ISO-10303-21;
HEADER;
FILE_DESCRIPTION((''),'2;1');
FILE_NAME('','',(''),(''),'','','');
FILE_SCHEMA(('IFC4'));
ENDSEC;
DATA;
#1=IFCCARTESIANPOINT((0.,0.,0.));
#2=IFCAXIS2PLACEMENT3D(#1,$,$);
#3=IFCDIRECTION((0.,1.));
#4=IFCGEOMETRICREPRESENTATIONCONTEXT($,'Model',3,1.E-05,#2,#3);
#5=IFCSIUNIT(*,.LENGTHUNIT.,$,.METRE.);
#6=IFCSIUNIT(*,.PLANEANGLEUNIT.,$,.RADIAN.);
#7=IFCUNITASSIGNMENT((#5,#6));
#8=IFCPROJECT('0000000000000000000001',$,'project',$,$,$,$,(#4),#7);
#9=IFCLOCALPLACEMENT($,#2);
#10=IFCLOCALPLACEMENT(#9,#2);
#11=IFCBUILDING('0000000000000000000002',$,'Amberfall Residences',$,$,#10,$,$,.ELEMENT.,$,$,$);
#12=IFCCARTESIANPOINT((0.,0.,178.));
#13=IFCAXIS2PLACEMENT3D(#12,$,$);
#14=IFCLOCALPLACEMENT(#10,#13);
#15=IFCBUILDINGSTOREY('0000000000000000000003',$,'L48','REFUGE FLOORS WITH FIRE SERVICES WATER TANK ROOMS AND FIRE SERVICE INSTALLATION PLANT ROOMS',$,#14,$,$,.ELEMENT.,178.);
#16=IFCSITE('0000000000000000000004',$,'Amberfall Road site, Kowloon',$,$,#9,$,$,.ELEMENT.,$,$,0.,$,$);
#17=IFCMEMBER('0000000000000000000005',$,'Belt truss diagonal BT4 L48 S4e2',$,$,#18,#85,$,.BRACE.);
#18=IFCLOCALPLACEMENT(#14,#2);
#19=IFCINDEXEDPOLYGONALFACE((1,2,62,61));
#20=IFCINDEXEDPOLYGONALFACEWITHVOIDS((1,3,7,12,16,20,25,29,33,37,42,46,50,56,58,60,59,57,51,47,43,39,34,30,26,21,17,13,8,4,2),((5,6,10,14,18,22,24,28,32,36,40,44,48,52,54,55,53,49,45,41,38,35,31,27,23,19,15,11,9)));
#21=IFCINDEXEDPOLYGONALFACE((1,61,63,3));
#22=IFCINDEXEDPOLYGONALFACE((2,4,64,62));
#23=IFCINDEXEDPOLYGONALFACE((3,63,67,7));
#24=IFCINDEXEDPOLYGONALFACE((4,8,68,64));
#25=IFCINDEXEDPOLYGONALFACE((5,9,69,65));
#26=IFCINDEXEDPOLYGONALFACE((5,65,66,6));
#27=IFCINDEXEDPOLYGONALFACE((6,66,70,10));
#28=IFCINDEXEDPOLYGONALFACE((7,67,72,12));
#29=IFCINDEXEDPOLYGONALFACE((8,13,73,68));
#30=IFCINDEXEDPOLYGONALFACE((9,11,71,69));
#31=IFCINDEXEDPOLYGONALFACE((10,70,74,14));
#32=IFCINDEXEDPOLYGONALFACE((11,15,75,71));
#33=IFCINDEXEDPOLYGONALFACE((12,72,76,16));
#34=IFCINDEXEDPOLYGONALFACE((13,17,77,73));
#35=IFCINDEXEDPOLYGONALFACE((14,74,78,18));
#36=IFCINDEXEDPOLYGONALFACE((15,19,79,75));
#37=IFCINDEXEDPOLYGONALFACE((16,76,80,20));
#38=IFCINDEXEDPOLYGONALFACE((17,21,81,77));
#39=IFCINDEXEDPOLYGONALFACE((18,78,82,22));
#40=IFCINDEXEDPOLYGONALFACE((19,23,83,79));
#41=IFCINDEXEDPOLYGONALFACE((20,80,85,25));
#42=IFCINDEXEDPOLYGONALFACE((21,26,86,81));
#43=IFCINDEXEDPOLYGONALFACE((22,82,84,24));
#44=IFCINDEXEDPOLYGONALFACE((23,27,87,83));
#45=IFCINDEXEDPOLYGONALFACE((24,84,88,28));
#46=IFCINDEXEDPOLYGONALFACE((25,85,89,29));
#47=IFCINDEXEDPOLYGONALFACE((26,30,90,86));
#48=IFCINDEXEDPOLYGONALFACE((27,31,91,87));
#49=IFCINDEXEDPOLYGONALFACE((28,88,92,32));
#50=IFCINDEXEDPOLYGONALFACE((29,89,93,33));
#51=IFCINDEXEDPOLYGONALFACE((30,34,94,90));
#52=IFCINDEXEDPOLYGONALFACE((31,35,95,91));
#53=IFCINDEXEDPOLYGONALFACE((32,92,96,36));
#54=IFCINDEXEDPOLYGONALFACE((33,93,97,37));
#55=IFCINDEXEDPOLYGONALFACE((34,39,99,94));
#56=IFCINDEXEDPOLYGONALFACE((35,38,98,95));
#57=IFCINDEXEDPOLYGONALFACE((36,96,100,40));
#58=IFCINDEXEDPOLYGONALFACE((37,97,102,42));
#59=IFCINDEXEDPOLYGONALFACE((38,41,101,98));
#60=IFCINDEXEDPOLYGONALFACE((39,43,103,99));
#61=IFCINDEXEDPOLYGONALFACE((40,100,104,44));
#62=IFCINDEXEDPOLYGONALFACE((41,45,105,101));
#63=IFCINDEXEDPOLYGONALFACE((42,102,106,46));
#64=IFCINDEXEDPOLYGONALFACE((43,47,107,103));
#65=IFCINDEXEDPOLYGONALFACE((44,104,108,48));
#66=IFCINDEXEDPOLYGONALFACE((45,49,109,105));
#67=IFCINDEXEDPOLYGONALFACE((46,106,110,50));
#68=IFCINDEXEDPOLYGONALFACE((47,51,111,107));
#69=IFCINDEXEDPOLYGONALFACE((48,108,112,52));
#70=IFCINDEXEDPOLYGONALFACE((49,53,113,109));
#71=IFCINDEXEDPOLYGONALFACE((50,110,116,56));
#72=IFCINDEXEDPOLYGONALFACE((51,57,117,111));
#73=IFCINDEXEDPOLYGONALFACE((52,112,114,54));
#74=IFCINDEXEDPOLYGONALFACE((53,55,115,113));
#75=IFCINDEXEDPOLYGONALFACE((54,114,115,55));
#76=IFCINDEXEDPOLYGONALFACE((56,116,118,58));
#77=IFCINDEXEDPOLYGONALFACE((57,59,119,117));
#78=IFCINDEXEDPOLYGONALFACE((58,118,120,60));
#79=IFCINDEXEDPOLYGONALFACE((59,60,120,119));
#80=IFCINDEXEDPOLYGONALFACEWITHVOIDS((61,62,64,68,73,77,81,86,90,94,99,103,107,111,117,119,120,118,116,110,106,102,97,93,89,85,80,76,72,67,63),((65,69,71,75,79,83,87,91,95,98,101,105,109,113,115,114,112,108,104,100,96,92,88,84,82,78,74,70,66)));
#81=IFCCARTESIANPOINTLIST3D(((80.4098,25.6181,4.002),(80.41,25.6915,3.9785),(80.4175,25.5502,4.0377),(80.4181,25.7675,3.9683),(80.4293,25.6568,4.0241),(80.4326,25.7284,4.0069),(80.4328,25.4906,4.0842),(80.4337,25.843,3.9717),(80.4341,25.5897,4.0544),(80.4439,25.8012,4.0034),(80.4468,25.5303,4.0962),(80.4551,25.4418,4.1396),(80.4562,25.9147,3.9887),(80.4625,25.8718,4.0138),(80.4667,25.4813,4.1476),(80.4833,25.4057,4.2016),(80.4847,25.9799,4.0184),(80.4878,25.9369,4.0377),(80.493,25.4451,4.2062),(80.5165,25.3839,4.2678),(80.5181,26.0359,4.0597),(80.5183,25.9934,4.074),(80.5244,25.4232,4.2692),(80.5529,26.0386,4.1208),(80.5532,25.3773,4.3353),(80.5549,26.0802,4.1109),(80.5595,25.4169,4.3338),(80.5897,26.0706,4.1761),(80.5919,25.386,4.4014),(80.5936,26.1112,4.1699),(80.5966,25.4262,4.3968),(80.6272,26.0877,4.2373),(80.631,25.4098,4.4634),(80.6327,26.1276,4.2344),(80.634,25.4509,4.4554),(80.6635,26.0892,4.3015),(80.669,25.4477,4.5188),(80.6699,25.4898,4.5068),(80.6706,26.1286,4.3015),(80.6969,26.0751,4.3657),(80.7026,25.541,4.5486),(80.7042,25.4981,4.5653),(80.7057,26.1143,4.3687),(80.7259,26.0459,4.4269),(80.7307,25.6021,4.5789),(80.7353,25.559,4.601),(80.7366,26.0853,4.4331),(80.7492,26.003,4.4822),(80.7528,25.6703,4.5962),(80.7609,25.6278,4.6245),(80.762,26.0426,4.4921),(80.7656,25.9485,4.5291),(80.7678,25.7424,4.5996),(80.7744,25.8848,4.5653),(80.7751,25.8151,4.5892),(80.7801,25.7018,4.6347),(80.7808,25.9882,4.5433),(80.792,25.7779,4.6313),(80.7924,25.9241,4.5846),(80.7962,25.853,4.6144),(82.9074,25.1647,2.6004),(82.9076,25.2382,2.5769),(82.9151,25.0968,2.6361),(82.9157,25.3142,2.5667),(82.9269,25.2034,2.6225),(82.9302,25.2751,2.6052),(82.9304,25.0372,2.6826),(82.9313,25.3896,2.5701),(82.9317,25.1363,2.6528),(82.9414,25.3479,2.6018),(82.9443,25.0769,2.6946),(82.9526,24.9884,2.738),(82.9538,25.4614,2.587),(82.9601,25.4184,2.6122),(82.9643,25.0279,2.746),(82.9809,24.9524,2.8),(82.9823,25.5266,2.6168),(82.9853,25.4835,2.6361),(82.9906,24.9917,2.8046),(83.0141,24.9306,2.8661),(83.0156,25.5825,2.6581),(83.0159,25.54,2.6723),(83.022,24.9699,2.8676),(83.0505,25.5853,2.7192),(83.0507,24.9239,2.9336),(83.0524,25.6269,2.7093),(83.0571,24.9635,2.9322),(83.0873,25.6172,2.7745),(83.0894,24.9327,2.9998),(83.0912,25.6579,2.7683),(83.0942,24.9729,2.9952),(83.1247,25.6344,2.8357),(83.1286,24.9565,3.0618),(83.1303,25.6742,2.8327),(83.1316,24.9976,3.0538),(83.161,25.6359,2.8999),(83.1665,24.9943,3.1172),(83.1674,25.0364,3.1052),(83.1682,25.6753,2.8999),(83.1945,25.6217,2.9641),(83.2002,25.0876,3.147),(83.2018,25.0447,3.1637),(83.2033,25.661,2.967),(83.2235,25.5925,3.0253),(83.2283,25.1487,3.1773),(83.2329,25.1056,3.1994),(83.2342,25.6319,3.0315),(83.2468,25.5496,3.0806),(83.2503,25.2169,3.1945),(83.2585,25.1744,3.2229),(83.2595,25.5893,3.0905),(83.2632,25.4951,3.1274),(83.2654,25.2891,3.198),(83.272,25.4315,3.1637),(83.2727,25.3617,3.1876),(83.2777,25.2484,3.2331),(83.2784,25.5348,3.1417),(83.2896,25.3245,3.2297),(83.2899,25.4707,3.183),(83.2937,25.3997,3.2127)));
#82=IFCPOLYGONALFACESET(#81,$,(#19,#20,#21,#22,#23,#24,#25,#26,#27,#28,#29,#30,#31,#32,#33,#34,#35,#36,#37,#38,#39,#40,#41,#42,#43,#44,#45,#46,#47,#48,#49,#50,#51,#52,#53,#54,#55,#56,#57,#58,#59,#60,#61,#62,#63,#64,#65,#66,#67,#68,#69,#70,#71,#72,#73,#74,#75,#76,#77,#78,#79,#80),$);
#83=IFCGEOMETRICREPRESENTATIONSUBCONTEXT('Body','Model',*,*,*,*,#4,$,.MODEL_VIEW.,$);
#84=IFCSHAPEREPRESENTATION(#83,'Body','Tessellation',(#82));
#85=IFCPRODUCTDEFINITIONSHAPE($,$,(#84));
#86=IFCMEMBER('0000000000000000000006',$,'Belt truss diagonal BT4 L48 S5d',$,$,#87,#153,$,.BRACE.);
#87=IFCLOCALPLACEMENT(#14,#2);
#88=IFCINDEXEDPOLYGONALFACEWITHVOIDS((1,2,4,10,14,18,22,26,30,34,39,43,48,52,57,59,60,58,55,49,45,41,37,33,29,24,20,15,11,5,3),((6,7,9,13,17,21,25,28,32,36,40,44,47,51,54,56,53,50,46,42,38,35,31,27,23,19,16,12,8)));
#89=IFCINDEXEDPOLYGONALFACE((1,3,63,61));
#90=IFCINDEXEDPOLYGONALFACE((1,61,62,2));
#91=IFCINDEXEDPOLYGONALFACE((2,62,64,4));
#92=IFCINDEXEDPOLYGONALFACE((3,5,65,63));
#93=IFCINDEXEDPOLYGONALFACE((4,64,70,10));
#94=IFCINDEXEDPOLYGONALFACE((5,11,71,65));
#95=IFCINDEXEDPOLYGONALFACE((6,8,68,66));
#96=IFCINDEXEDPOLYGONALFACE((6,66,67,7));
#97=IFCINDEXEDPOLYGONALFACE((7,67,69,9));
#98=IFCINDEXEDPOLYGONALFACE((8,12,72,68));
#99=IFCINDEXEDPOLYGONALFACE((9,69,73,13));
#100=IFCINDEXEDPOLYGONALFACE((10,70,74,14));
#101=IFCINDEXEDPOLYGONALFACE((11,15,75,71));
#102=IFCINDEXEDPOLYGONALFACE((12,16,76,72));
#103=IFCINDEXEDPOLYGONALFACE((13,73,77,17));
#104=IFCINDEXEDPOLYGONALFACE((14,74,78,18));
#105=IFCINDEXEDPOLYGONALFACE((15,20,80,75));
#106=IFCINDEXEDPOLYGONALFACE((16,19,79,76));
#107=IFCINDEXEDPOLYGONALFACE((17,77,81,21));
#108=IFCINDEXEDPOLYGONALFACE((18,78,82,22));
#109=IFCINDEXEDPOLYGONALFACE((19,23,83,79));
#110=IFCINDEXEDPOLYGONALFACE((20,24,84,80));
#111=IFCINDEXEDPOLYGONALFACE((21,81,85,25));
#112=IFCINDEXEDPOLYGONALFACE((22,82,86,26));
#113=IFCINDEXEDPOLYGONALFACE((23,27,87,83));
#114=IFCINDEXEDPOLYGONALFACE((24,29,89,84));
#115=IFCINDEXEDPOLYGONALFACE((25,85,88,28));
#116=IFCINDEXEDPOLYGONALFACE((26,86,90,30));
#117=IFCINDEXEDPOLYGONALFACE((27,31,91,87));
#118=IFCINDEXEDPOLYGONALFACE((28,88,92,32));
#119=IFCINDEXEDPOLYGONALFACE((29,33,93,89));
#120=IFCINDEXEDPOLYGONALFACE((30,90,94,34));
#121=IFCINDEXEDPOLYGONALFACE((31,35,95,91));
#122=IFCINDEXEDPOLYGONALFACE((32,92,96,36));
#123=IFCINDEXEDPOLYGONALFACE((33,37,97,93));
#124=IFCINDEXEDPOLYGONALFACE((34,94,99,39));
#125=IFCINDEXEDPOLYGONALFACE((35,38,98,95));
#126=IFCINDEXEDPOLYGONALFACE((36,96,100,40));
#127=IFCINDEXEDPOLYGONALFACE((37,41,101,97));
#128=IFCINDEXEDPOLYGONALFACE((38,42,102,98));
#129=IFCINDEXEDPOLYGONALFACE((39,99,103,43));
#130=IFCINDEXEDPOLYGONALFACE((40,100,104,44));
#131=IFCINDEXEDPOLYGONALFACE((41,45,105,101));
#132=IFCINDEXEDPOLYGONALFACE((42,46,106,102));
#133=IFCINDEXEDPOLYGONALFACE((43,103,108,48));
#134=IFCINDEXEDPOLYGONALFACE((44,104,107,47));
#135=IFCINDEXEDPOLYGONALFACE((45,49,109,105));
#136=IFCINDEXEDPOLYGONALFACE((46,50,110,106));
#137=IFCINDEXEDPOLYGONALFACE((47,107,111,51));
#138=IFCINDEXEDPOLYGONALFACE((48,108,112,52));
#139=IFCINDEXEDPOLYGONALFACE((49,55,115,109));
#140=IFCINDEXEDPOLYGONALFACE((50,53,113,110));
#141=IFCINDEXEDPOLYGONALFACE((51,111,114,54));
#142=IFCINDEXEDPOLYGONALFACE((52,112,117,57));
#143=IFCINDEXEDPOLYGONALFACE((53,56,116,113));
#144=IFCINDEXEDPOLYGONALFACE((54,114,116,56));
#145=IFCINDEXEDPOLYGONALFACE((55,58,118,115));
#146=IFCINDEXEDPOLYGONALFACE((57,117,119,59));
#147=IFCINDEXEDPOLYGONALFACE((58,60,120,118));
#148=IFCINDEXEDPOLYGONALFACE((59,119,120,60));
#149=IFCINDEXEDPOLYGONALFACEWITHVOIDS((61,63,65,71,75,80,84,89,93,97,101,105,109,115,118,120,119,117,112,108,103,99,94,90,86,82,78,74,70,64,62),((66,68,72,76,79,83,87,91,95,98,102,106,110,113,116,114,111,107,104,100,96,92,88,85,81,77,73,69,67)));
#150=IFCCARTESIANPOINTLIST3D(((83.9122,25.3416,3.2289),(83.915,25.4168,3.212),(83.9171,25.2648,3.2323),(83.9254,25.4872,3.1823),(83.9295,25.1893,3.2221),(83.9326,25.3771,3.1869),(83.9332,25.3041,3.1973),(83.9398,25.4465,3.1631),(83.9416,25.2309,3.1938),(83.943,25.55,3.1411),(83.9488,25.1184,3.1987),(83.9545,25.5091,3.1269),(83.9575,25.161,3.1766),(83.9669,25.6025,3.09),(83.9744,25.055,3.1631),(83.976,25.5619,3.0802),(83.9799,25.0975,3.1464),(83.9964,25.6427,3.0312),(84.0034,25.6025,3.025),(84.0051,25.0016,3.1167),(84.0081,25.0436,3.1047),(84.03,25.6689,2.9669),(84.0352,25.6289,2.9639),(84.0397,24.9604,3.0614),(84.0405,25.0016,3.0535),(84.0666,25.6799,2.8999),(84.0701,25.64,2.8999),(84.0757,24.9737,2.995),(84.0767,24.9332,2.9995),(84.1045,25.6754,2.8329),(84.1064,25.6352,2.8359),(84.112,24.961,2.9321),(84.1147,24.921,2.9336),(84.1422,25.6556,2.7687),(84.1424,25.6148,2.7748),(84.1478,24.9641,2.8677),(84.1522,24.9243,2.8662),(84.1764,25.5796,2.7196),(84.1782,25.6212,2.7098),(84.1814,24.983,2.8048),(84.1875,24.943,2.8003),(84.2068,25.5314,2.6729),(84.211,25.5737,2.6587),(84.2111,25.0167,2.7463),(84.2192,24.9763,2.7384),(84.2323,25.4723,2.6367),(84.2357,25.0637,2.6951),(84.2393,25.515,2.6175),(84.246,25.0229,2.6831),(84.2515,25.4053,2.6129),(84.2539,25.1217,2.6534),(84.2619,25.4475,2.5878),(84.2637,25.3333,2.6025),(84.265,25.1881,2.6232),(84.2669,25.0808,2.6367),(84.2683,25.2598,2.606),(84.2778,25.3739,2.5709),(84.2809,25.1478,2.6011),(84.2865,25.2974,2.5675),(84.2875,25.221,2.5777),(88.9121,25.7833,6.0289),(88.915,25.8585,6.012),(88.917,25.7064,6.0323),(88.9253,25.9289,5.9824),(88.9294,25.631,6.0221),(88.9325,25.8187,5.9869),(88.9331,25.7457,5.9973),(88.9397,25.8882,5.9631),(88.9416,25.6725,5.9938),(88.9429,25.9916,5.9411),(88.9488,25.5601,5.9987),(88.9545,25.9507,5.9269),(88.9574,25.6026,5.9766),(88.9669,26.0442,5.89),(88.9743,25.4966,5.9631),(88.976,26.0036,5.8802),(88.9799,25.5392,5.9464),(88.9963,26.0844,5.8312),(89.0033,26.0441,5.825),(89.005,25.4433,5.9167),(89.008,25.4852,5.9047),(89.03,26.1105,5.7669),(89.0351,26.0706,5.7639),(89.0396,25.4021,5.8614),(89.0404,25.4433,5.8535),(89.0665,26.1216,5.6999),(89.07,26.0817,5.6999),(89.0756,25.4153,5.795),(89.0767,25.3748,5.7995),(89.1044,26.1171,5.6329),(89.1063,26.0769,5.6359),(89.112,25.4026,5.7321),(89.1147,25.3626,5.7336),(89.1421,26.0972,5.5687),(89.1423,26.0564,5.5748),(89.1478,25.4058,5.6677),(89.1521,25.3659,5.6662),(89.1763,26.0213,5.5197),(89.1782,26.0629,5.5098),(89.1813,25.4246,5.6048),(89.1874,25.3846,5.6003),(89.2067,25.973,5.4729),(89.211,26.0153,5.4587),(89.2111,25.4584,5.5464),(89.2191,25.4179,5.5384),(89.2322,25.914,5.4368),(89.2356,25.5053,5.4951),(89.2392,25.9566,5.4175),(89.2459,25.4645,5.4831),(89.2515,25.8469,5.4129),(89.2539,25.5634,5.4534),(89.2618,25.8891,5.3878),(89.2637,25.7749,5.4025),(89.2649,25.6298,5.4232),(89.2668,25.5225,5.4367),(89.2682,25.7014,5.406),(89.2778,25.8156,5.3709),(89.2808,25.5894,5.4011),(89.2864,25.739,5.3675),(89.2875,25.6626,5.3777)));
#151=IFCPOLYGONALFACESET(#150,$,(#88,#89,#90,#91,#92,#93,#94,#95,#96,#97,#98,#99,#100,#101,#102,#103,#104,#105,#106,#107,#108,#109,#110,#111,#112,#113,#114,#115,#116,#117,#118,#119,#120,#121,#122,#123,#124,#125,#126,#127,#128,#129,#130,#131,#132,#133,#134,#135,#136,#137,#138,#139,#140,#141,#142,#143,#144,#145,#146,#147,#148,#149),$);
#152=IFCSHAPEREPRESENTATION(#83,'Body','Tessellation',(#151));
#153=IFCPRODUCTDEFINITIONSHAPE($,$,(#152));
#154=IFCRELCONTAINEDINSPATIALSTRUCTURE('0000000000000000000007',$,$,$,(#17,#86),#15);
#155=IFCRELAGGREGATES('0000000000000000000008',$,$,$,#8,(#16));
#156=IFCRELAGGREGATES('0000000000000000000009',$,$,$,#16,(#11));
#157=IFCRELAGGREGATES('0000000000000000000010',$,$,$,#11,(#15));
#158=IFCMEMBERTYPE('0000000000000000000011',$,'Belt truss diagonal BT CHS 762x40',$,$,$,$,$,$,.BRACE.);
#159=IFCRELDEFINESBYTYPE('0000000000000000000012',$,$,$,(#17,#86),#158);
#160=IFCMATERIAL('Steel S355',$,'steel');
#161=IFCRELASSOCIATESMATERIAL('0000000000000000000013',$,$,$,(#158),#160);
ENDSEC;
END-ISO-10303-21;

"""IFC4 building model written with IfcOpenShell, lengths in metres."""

from ifc_helpers import new_model, si_unit, direction, frame, origin, origin_2d, place, context, subcontext, project, spatial, hollow_circle, extrude, material, material_profile, profile_set, type_object, element, save


model = new_model("IFC4")

# Units and contexts
model_context = context("Model", 3, precision=1e-05, world=origin(), true_north=direction((0.0, 1.0)))
body_context = subcontext(model_context, "Body", "Model", "MODEL_VIEW")
ifc_project = project(units=[si_unit("LENGTHUNIT", "METRE"), si_unit("PLANEANGLEUNIT", "RADIAN")], contexts=[model_context])

# Site, building, storey
site_placement = place(None, origin())
site = spatial("IfcSite", under=ifc_project, at=site_placement, Name="Amberfall Road site, Kowloon", CompositionType="ELEMENT", RefElevation=0.0)
building_placement = place(site_placement, origin())
building = spatial("IfcBuilding", under=site, at=building_placement, Name="Amberfall Residences", CompositionType="ELEMENT")
storey_placement = place(building_placement, frame((0.0, 0.0, 178.0)))
storey = spatial("IfcBuildingStorey", under=building, at=storey_placement, Name="L48", Description="REFUGE FLOORS WITH FIRE SERVICES WATER TANK ROOMS AND FIRE SERVICE INSTALLATION PLANT ROOMS", CompositionType="ELEMENT", Elevation=178.0)

# Shared definitions
ifc_material_1 = material(Name="Steel S355", Category="steel")

# Members
ifc_material_profile_1 = material_profile(ifc_material_1, hollow_circle(Radius=0.3811, WallThickness=0.04, at=origin_2d()), Name="CHS 762x40")
ifc_profile_set_1 = profile_set([ifc_material_profile_1], Name="Steel S355")
member_type = type_object("IfcMemberType", Name="Belt truss diagonal BT CHS 762x40", PredefinedType="BRACE", material=ifc_profile_set_1)
member_1_placement = place(storey_placement, frame((80.6025, 25.7537, 4.3015), z_axis=(0.861337, -0.156354, -0.483376), x_axis=(0.178606, 0.983921, 0.0)))
element("IfcMember", 1, at=member_1_placement, inside=storey, type_object=member_type, Name="Belt truss diagonal BT4 L48 S4e2", PredefinedType="BRACE", context=body_context, shape_type="SweptSolid", body=[
    extrude(hollow_circle(Radius=0.3811, WallThickness=0.04, at=origin_2d()), origin(), (0.0, 0.0, 1.0), 2.8997),
])
member_2_placement = place(storey_placement, frame((84.1001, 25.3003, 2.8999), z_axis=(0.869923, 0.07684, 0.487165), x_axis=(-0.087987, 0.996122, 0.0)))
element("IfcMember", 2, at=member_2_placement, inside=storey, type_object=member_type, Name="Belt truss diagonal BT4 L48 S5d", PredefinedType="BRACE", context=body_context, shape_type="SweptSolid", body=[
    extrude(hollow_circle(Radius=0.3811, WallThickness=0.04, at=origin_2d()), origin(), (0.0, 0.0, 1.0), 5.7476),
])

save(model, "model.ifc")
